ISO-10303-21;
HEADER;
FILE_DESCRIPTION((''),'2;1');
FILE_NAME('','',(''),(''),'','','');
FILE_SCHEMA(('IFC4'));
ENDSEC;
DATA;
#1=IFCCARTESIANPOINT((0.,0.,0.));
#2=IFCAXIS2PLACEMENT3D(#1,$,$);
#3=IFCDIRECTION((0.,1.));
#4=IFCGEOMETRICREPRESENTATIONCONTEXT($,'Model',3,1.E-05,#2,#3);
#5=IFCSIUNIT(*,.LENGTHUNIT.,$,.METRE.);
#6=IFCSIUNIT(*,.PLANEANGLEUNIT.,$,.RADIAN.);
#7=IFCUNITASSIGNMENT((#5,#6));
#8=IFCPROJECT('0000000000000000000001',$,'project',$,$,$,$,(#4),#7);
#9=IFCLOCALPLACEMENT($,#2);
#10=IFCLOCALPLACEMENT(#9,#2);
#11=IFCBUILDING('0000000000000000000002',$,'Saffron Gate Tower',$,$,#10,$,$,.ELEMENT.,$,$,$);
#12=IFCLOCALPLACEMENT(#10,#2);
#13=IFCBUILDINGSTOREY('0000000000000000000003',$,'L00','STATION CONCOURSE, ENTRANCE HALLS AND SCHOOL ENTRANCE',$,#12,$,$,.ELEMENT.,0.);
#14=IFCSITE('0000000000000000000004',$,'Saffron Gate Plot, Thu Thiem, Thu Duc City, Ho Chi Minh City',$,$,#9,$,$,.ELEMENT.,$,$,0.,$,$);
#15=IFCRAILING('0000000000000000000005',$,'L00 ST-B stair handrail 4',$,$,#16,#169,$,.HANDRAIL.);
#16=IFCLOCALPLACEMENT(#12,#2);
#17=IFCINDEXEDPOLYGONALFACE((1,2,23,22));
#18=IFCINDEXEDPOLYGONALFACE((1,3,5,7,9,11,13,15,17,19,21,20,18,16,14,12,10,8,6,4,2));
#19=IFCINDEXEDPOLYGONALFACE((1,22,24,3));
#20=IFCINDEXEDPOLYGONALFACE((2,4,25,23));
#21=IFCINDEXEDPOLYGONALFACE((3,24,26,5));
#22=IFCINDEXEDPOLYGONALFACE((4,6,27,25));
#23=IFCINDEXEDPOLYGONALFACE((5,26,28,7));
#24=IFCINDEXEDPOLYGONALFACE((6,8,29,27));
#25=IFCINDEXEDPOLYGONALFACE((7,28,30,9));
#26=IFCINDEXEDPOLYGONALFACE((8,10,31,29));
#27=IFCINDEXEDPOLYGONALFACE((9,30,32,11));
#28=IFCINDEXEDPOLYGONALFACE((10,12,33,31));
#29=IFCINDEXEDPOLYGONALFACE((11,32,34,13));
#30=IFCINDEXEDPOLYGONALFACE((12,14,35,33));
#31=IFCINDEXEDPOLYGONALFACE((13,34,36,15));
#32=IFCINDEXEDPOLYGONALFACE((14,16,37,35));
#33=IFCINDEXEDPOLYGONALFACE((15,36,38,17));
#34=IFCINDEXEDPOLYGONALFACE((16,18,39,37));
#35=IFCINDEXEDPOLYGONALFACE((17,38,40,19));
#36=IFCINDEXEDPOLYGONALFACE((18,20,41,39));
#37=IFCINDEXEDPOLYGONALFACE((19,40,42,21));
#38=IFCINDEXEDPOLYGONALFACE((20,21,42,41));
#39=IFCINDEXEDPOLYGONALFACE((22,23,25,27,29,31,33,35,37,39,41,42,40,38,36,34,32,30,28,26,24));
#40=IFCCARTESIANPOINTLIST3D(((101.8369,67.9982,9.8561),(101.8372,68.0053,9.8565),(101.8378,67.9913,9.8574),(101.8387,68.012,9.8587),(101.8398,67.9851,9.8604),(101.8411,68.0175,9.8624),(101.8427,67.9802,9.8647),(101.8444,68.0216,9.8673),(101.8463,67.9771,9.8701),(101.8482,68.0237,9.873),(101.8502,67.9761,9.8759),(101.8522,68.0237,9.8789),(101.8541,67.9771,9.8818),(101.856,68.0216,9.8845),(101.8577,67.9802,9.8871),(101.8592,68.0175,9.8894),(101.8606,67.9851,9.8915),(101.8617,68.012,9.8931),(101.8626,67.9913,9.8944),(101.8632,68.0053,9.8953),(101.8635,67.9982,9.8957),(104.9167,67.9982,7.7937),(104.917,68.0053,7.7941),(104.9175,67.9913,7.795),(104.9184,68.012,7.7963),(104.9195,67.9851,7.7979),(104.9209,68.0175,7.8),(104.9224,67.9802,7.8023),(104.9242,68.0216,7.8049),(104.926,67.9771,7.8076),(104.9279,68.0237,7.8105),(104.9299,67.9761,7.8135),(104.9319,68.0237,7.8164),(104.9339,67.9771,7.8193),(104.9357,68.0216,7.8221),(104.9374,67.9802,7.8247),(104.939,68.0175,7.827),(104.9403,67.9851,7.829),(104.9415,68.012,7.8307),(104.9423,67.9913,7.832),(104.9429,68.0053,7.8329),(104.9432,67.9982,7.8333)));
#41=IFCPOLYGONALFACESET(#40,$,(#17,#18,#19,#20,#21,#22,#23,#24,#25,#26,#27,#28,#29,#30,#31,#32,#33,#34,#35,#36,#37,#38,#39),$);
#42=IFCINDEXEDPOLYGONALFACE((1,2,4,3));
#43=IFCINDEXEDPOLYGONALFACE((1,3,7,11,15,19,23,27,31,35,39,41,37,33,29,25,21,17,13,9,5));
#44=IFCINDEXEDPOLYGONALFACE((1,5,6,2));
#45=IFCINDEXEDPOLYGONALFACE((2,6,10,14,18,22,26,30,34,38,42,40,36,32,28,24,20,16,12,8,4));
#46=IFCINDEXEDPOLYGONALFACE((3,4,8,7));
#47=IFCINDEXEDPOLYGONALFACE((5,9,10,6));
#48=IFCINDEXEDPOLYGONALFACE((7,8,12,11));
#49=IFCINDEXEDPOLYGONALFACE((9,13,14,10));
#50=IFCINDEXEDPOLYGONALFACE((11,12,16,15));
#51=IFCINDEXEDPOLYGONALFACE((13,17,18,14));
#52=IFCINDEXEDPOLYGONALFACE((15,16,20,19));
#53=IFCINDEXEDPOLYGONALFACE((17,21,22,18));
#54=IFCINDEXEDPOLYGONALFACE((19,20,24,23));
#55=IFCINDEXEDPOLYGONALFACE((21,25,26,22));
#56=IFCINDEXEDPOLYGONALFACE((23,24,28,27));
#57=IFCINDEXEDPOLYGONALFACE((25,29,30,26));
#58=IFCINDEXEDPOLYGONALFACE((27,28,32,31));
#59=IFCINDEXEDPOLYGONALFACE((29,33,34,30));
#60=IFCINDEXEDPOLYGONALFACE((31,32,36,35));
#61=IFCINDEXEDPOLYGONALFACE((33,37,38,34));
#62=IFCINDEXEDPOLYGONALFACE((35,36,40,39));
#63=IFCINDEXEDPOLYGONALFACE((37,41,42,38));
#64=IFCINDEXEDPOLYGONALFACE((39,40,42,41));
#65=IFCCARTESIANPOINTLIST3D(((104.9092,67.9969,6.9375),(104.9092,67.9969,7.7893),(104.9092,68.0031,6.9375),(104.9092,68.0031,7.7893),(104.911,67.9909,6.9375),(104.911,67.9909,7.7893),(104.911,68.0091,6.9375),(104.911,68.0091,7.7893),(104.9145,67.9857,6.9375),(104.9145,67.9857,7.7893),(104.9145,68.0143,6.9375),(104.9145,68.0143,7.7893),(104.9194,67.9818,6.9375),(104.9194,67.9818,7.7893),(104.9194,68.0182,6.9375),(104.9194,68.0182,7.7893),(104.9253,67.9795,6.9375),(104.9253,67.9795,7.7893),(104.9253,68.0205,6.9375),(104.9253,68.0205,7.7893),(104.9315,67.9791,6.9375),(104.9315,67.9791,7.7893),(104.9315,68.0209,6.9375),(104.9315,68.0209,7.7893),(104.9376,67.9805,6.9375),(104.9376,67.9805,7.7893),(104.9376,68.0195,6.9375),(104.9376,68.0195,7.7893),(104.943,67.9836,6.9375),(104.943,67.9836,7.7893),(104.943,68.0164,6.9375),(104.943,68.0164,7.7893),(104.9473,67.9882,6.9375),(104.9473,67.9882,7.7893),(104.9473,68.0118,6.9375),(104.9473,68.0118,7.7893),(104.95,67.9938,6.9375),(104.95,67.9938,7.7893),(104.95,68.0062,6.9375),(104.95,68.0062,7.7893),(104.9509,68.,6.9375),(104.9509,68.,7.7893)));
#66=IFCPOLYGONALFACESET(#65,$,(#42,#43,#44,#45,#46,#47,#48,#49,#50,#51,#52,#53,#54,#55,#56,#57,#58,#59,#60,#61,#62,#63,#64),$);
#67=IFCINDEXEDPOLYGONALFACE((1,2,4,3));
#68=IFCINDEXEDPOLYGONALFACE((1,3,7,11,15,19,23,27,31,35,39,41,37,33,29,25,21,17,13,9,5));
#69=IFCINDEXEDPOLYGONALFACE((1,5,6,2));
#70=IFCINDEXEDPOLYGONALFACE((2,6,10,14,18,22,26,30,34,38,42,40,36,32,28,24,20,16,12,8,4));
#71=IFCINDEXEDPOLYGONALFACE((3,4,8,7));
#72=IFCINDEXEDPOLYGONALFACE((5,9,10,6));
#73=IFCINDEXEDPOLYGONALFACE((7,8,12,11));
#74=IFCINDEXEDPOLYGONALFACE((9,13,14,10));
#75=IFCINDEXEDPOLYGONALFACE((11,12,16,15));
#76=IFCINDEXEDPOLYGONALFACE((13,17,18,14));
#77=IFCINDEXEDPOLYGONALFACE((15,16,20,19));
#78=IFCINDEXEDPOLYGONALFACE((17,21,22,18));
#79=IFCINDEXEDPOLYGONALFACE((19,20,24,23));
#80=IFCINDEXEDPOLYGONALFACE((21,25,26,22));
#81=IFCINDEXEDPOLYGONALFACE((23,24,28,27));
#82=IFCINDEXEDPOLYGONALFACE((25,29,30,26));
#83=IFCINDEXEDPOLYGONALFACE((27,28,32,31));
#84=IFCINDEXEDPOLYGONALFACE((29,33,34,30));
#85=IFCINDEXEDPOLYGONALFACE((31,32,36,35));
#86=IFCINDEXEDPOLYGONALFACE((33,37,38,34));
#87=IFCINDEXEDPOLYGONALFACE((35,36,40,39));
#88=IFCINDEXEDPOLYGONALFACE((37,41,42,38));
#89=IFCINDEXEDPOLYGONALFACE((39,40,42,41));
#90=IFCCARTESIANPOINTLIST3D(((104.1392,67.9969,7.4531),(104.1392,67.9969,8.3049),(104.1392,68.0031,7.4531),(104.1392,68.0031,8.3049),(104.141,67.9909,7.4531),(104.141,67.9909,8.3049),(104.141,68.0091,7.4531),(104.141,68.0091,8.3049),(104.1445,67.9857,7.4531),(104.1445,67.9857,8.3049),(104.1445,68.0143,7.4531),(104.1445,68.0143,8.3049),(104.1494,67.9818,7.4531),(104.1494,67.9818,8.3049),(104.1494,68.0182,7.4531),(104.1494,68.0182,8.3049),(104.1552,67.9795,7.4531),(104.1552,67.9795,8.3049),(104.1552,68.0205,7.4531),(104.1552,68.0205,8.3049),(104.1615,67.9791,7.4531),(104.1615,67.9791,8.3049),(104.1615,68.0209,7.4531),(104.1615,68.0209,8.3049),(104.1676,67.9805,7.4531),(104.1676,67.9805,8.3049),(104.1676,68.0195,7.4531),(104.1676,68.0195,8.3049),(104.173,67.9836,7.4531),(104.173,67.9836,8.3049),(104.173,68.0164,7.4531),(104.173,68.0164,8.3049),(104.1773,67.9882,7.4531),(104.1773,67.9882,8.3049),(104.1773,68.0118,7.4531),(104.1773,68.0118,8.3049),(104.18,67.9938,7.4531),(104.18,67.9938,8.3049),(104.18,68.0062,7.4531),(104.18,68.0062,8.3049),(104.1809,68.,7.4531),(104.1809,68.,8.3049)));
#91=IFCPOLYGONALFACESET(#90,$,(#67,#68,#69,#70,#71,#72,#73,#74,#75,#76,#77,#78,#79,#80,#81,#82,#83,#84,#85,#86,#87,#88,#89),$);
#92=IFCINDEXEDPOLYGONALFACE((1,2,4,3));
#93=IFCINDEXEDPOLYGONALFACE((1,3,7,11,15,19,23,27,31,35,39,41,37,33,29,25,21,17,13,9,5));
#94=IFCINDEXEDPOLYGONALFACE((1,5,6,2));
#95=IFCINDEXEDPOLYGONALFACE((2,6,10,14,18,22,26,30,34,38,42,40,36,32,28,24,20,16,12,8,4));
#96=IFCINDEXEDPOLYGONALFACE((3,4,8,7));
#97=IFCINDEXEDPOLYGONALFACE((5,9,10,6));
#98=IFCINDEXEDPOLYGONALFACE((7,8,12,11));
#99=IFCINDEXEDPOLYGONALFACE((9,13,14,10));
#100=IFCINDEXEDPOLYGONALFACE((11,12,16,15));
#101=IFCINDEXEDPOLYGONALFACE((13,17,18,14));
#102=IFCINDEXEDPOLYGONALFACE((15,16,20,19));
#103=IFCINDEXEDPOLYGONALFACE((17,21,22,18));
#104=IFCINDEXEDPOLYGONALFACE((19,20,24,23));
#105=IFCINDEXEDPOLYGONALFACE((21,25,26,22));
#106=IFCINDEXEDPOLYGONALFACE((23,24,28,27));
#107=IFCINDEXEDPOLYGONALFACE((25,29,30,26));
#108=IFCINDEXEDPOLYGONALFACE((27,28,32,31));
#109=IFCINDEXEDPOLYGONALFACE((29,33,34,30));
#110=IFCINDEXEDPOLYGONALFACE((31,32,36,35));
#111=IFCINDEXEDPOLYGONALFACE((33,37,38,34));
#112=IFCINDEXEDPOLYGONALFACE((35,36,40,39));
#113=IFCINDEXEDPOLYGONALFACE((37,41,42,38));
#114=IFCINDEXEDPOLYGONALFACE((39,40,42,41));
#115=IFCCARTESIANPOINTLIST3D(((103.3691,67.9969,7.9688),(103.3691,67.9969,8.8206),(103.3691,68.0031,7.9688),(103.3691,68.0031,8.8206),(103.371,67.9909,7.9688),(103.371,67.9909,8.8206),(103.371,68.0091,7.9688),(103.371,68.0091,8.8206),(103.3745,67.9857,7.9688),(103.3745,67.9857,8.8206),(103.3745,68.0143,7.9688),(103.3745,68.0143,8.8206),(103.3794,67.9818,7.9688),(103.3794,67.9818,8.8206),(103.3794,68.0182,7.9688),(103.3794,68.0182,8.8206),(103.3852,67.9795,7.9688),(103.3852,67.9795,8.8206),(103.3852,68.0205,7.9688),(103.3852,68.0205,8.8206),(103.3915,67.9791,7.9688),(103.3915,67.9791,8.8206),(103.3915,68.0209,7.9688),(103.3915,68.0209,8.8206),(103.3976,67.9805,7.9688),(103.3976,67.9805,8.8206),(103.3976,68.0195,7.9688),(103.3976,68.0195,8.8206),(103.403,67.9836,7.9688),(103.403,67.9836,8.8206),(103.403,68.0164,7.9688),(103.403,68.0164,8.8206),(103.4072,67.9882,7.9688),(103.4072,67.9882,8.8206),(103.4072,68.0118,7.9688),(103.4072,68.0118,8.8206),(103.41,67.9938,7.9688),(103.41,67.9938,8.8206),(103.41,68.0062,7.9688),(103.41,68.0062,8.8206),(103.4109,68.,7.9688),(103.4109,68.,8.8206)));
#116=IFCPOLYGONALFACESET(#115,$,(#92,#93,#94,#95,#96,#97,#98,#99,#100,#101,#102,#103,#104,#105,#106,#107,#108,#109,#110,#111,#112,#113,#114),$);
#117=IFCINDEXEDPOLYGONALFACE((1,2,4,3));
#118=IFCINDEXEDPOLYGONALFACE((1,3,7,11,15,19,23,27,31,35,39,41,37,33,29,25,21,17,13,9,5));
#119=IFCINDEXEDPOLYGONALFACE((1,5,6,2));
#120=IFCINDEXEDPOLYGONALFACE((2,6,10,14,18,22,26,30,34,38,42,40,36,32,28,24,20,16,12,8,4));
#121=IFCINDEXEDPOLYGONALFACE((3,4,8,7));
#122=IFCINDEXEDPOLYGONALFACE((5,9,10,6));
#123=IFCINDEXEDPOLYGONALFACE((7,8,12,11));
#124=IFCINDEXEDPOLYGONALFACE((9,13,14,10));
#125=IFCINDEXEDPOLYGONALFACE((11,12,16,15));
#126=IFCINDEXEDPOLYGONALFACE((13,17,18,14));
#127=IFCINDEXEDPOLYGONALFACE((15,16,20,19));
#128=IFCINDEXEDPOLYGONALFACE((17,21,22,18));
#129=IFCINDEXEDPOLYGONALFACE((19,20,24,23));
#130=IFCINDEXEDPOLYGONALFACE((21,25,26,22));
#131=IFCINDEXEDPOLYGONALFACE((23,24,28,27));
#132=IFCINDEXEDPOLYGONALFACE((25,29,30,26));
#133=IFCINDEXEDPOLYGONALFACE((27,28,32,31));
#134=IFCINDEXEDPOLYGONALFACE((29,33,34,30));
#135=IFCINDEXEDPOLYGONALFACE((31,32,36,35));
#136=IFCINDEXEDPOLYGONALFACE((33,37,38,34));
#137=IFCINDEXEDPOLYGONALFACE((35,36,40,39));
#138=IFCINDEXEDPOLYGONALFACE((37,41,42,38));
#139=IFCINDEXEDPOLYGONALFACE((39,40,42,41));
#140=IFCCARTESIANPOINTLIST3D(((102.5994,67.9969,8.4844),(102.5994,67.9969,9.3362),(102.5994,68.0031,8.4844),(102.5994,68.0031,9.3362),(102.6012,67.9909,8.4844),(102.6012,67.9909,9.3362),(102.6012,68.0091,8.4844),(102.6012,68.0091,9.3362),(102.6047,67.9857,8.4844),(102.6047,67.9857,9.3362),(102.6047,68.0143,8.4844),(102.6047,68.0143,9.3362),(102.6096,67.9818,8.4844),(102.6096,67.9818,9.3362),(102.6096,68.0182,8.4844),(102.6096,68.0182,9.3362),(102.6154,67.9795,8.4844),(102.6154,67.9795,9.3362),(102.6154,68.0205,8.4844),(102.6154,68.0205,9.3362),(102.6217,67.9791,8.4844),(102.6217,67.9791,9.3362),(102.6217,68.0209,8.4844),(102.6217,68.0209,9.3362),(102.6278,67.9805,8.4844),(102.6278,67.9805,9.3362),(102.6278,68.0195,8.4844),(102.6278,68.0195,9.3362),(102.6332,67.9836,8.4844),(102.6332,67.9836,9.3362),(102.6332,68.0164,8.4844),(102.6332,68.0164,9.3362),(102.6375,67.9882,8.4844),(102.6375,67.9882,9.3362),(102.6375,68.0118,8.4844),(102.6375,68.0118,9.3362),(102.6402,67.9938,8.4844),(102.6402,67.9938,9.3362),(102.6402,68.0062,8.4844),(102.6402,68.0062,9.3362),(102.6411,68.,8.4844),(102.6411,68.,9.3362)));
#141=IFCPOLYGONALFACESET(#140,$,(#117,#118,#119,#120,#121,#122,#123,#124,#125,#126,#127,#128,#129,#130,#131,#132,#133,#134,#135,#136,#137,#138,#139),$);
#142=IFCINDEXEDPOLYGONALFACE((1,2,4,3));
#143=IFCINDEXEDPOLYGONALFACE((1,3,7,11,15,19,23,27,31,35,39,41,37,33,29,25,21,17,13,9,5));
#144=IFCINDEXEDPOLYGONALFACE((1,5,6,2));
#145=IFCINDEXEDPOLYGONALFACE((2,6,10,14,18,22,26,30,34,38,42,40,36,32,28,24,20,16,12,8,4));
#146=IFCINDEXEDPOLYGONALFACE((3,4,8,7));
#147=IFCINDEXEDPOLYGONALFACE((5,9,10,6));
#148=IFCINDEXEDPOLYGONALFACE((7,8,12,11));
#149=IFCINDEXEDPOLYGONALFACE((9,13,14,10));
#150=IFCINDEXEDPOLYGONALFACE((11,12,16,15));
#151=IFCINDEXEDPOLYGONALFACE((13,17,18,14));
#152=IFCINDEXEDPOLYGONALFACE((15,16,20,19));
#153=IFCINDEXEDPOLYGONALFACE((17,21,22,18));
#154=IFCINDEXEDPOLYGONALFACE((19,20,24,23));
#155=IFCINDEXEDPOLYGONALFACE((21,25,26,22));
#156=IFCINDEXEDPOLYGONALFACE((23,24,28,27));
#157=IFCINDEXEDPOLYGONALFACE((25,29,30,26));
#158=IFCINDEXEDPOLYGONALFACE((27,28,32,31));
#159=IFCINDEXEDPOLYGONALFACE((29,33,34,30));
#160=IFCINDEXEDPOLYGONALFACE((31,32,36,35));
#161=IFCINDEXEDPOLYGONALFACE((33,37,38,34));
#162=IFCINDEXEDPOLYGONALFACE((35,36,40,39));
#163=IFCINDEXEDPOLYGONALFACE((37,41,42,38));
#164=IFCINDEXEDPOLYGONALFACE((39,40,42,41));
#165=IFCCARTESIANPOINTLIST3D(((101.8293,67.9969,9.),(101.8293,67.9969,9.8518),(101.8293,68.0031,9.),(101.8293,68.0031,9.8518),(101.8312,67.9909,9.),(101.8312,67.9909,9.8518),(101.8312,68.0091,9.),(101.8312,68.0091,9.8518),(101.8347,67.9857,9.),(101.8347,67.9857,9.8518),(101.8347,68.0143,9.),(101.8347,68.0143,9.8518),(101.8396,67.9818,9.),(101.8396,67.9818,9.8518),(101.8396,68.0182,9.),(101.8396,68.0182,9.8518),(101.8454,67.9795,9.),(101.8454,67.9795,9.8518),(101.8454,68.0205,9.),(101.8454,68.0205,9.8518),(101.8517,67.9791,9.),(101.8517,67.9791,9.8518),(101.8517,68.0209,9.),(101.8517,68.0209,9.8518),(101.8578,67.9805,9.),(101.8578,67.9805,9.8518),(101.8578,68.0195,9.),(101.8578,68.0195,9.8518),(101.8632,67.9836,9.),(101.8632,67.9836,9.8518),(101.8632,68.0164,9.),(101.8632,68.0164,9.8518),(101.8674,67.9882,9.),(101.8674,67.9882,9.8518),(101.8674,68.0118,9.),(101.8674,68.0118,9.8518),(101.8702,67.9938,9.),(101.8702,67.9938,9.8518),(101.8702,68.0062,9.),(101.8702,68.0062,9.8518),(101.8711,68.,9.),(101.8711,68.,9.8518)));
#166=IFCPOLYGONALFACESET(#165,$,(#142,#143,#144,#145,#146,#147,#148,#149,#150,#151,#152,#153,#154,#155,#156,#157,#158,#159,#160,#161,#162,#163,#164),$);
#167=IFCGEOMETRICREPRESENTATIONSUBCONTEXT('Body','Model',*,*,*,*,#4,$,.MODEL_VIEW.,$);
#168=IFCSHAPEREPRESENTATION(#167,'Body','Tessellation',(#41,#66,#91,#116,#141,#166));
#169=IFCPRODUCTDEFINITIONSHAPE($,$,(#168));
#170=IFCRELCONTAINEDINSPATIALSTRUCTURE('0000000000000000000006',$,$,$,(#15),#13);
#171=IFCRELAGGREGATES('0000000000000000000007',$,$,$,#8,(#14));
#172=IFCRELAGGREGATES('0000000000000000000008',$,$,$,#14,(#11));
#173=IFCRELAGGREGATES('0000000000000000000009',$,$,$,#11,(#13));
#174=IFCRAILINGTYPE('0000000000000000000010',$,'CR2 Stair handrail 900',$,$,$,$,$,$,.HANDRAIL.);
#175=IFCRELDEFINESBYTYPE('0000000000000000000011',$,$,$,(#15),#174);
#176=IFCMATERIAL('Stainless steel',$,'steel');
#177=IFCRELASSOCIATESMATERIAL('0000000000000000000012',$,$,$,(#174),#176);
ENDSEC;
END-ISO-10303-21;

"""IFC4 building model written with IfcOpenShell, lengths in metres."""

from ifc_helpers import new_model, si_unit, direction, frame, origin, origin_2d, place, context, subcontext, project, spatial, circle, extrude, material, type_object, element, save


model = new_model("IFC4")

# Units and contexts
model_context = context("Model", 3, precision=1e-05, world=origin(), true_north=direction((0.0, 1.0)))
body_context = subcontext(model_context, "Body", "Model", "MODEL_VIEW")
ifc_project = project(units=[si_unit("LENGTHUNIT", "METRE"), si_unit("PLANEANGLEUNIT", "RADIAN")], contexts=[model_context])

# Site, building, storey
site_placement = place(None, origin())
site = spatial("IfcSite", under=ifc_project, at=site_placement, Name="Saffron Gate Plot, Thu Thiem, Thu Duc City, Ho Chi Minh City", CompositionType="ELEMENT", RefElevation=0.0)
building_placement = place(site_placement, origin())
building = spatial("IfcBuilding", under=site, at=building_placement, Name="Saffron Gate Tower", CompositionType="ELEMENT")
storey_placement = place(building_placement, origin())
storey = spatial("IfcBuildingStorey", under=building, at=storey_placement, Name="L00", Description="STATION CONCOURSE, ENTRANCE HALLS AND SCHOOL ENTRANCE", CompositionType="ELEMENT", Elevation=0.0)

# Railing
ifc_material_1 = material(Name="Stainless steel", Category="steel")
railing_type = type_object("IfcRailingType", Name="CR2 Stair handrail 900", PredefinedType="HANDRAIL", material=ifc_material_1)
for number, where, name in (
    (1, (104.9299, 68.0, 6.9375), "L00 ST-B stair handrail 4"),
):
    element("IfcRailing", number, at=place(storey_placement, frame(where)), inside=storey, type_object=railing_type, Name=name, PredefinedType="HANDRAIL", context=body_context, shape_type="SweptSolid", body=[
        extrude(circle(Radius=0.0239, at=origin_2d()), frame((0.0, 0.0, 0.876), z_axis=(-0.830893, 0.0, 0.556432), x_axis=(0.0, -1.0, 0.0)), (0.0, 0.0, 1.0), 3.7065),
        extrude(circle(Radius=0.021, at=origin_2d()), origin(), (0.0, 0.0, 1.0), 0.8518),
        extrude(circle(Radius=0.021, at=origin_2d()), frame((-0.77, 0.0, 0.5156)), (0.0, 0.0, 1.0), 0.8518),
        extrude(circle(Radius=0.021, at=origin_2d()), frame((-1.54, 0.0, 1.0312)), (0.0, 0.0, 1.0), 0.8518),
        extrude(circle(Radius=0.021, at=origin_2d()), frame((-2.3098, 0.0, 1.5469)), (0.0, 0.0, 1.0), 0.8518),
        extrude(circle(Radius=0.021, at=origin_2d()), frame((-3.0798, 0.0, 2.0625)), (0.0, 0.0, 1.0), 0.8518),
    ])

save(model, "model.ifc")
